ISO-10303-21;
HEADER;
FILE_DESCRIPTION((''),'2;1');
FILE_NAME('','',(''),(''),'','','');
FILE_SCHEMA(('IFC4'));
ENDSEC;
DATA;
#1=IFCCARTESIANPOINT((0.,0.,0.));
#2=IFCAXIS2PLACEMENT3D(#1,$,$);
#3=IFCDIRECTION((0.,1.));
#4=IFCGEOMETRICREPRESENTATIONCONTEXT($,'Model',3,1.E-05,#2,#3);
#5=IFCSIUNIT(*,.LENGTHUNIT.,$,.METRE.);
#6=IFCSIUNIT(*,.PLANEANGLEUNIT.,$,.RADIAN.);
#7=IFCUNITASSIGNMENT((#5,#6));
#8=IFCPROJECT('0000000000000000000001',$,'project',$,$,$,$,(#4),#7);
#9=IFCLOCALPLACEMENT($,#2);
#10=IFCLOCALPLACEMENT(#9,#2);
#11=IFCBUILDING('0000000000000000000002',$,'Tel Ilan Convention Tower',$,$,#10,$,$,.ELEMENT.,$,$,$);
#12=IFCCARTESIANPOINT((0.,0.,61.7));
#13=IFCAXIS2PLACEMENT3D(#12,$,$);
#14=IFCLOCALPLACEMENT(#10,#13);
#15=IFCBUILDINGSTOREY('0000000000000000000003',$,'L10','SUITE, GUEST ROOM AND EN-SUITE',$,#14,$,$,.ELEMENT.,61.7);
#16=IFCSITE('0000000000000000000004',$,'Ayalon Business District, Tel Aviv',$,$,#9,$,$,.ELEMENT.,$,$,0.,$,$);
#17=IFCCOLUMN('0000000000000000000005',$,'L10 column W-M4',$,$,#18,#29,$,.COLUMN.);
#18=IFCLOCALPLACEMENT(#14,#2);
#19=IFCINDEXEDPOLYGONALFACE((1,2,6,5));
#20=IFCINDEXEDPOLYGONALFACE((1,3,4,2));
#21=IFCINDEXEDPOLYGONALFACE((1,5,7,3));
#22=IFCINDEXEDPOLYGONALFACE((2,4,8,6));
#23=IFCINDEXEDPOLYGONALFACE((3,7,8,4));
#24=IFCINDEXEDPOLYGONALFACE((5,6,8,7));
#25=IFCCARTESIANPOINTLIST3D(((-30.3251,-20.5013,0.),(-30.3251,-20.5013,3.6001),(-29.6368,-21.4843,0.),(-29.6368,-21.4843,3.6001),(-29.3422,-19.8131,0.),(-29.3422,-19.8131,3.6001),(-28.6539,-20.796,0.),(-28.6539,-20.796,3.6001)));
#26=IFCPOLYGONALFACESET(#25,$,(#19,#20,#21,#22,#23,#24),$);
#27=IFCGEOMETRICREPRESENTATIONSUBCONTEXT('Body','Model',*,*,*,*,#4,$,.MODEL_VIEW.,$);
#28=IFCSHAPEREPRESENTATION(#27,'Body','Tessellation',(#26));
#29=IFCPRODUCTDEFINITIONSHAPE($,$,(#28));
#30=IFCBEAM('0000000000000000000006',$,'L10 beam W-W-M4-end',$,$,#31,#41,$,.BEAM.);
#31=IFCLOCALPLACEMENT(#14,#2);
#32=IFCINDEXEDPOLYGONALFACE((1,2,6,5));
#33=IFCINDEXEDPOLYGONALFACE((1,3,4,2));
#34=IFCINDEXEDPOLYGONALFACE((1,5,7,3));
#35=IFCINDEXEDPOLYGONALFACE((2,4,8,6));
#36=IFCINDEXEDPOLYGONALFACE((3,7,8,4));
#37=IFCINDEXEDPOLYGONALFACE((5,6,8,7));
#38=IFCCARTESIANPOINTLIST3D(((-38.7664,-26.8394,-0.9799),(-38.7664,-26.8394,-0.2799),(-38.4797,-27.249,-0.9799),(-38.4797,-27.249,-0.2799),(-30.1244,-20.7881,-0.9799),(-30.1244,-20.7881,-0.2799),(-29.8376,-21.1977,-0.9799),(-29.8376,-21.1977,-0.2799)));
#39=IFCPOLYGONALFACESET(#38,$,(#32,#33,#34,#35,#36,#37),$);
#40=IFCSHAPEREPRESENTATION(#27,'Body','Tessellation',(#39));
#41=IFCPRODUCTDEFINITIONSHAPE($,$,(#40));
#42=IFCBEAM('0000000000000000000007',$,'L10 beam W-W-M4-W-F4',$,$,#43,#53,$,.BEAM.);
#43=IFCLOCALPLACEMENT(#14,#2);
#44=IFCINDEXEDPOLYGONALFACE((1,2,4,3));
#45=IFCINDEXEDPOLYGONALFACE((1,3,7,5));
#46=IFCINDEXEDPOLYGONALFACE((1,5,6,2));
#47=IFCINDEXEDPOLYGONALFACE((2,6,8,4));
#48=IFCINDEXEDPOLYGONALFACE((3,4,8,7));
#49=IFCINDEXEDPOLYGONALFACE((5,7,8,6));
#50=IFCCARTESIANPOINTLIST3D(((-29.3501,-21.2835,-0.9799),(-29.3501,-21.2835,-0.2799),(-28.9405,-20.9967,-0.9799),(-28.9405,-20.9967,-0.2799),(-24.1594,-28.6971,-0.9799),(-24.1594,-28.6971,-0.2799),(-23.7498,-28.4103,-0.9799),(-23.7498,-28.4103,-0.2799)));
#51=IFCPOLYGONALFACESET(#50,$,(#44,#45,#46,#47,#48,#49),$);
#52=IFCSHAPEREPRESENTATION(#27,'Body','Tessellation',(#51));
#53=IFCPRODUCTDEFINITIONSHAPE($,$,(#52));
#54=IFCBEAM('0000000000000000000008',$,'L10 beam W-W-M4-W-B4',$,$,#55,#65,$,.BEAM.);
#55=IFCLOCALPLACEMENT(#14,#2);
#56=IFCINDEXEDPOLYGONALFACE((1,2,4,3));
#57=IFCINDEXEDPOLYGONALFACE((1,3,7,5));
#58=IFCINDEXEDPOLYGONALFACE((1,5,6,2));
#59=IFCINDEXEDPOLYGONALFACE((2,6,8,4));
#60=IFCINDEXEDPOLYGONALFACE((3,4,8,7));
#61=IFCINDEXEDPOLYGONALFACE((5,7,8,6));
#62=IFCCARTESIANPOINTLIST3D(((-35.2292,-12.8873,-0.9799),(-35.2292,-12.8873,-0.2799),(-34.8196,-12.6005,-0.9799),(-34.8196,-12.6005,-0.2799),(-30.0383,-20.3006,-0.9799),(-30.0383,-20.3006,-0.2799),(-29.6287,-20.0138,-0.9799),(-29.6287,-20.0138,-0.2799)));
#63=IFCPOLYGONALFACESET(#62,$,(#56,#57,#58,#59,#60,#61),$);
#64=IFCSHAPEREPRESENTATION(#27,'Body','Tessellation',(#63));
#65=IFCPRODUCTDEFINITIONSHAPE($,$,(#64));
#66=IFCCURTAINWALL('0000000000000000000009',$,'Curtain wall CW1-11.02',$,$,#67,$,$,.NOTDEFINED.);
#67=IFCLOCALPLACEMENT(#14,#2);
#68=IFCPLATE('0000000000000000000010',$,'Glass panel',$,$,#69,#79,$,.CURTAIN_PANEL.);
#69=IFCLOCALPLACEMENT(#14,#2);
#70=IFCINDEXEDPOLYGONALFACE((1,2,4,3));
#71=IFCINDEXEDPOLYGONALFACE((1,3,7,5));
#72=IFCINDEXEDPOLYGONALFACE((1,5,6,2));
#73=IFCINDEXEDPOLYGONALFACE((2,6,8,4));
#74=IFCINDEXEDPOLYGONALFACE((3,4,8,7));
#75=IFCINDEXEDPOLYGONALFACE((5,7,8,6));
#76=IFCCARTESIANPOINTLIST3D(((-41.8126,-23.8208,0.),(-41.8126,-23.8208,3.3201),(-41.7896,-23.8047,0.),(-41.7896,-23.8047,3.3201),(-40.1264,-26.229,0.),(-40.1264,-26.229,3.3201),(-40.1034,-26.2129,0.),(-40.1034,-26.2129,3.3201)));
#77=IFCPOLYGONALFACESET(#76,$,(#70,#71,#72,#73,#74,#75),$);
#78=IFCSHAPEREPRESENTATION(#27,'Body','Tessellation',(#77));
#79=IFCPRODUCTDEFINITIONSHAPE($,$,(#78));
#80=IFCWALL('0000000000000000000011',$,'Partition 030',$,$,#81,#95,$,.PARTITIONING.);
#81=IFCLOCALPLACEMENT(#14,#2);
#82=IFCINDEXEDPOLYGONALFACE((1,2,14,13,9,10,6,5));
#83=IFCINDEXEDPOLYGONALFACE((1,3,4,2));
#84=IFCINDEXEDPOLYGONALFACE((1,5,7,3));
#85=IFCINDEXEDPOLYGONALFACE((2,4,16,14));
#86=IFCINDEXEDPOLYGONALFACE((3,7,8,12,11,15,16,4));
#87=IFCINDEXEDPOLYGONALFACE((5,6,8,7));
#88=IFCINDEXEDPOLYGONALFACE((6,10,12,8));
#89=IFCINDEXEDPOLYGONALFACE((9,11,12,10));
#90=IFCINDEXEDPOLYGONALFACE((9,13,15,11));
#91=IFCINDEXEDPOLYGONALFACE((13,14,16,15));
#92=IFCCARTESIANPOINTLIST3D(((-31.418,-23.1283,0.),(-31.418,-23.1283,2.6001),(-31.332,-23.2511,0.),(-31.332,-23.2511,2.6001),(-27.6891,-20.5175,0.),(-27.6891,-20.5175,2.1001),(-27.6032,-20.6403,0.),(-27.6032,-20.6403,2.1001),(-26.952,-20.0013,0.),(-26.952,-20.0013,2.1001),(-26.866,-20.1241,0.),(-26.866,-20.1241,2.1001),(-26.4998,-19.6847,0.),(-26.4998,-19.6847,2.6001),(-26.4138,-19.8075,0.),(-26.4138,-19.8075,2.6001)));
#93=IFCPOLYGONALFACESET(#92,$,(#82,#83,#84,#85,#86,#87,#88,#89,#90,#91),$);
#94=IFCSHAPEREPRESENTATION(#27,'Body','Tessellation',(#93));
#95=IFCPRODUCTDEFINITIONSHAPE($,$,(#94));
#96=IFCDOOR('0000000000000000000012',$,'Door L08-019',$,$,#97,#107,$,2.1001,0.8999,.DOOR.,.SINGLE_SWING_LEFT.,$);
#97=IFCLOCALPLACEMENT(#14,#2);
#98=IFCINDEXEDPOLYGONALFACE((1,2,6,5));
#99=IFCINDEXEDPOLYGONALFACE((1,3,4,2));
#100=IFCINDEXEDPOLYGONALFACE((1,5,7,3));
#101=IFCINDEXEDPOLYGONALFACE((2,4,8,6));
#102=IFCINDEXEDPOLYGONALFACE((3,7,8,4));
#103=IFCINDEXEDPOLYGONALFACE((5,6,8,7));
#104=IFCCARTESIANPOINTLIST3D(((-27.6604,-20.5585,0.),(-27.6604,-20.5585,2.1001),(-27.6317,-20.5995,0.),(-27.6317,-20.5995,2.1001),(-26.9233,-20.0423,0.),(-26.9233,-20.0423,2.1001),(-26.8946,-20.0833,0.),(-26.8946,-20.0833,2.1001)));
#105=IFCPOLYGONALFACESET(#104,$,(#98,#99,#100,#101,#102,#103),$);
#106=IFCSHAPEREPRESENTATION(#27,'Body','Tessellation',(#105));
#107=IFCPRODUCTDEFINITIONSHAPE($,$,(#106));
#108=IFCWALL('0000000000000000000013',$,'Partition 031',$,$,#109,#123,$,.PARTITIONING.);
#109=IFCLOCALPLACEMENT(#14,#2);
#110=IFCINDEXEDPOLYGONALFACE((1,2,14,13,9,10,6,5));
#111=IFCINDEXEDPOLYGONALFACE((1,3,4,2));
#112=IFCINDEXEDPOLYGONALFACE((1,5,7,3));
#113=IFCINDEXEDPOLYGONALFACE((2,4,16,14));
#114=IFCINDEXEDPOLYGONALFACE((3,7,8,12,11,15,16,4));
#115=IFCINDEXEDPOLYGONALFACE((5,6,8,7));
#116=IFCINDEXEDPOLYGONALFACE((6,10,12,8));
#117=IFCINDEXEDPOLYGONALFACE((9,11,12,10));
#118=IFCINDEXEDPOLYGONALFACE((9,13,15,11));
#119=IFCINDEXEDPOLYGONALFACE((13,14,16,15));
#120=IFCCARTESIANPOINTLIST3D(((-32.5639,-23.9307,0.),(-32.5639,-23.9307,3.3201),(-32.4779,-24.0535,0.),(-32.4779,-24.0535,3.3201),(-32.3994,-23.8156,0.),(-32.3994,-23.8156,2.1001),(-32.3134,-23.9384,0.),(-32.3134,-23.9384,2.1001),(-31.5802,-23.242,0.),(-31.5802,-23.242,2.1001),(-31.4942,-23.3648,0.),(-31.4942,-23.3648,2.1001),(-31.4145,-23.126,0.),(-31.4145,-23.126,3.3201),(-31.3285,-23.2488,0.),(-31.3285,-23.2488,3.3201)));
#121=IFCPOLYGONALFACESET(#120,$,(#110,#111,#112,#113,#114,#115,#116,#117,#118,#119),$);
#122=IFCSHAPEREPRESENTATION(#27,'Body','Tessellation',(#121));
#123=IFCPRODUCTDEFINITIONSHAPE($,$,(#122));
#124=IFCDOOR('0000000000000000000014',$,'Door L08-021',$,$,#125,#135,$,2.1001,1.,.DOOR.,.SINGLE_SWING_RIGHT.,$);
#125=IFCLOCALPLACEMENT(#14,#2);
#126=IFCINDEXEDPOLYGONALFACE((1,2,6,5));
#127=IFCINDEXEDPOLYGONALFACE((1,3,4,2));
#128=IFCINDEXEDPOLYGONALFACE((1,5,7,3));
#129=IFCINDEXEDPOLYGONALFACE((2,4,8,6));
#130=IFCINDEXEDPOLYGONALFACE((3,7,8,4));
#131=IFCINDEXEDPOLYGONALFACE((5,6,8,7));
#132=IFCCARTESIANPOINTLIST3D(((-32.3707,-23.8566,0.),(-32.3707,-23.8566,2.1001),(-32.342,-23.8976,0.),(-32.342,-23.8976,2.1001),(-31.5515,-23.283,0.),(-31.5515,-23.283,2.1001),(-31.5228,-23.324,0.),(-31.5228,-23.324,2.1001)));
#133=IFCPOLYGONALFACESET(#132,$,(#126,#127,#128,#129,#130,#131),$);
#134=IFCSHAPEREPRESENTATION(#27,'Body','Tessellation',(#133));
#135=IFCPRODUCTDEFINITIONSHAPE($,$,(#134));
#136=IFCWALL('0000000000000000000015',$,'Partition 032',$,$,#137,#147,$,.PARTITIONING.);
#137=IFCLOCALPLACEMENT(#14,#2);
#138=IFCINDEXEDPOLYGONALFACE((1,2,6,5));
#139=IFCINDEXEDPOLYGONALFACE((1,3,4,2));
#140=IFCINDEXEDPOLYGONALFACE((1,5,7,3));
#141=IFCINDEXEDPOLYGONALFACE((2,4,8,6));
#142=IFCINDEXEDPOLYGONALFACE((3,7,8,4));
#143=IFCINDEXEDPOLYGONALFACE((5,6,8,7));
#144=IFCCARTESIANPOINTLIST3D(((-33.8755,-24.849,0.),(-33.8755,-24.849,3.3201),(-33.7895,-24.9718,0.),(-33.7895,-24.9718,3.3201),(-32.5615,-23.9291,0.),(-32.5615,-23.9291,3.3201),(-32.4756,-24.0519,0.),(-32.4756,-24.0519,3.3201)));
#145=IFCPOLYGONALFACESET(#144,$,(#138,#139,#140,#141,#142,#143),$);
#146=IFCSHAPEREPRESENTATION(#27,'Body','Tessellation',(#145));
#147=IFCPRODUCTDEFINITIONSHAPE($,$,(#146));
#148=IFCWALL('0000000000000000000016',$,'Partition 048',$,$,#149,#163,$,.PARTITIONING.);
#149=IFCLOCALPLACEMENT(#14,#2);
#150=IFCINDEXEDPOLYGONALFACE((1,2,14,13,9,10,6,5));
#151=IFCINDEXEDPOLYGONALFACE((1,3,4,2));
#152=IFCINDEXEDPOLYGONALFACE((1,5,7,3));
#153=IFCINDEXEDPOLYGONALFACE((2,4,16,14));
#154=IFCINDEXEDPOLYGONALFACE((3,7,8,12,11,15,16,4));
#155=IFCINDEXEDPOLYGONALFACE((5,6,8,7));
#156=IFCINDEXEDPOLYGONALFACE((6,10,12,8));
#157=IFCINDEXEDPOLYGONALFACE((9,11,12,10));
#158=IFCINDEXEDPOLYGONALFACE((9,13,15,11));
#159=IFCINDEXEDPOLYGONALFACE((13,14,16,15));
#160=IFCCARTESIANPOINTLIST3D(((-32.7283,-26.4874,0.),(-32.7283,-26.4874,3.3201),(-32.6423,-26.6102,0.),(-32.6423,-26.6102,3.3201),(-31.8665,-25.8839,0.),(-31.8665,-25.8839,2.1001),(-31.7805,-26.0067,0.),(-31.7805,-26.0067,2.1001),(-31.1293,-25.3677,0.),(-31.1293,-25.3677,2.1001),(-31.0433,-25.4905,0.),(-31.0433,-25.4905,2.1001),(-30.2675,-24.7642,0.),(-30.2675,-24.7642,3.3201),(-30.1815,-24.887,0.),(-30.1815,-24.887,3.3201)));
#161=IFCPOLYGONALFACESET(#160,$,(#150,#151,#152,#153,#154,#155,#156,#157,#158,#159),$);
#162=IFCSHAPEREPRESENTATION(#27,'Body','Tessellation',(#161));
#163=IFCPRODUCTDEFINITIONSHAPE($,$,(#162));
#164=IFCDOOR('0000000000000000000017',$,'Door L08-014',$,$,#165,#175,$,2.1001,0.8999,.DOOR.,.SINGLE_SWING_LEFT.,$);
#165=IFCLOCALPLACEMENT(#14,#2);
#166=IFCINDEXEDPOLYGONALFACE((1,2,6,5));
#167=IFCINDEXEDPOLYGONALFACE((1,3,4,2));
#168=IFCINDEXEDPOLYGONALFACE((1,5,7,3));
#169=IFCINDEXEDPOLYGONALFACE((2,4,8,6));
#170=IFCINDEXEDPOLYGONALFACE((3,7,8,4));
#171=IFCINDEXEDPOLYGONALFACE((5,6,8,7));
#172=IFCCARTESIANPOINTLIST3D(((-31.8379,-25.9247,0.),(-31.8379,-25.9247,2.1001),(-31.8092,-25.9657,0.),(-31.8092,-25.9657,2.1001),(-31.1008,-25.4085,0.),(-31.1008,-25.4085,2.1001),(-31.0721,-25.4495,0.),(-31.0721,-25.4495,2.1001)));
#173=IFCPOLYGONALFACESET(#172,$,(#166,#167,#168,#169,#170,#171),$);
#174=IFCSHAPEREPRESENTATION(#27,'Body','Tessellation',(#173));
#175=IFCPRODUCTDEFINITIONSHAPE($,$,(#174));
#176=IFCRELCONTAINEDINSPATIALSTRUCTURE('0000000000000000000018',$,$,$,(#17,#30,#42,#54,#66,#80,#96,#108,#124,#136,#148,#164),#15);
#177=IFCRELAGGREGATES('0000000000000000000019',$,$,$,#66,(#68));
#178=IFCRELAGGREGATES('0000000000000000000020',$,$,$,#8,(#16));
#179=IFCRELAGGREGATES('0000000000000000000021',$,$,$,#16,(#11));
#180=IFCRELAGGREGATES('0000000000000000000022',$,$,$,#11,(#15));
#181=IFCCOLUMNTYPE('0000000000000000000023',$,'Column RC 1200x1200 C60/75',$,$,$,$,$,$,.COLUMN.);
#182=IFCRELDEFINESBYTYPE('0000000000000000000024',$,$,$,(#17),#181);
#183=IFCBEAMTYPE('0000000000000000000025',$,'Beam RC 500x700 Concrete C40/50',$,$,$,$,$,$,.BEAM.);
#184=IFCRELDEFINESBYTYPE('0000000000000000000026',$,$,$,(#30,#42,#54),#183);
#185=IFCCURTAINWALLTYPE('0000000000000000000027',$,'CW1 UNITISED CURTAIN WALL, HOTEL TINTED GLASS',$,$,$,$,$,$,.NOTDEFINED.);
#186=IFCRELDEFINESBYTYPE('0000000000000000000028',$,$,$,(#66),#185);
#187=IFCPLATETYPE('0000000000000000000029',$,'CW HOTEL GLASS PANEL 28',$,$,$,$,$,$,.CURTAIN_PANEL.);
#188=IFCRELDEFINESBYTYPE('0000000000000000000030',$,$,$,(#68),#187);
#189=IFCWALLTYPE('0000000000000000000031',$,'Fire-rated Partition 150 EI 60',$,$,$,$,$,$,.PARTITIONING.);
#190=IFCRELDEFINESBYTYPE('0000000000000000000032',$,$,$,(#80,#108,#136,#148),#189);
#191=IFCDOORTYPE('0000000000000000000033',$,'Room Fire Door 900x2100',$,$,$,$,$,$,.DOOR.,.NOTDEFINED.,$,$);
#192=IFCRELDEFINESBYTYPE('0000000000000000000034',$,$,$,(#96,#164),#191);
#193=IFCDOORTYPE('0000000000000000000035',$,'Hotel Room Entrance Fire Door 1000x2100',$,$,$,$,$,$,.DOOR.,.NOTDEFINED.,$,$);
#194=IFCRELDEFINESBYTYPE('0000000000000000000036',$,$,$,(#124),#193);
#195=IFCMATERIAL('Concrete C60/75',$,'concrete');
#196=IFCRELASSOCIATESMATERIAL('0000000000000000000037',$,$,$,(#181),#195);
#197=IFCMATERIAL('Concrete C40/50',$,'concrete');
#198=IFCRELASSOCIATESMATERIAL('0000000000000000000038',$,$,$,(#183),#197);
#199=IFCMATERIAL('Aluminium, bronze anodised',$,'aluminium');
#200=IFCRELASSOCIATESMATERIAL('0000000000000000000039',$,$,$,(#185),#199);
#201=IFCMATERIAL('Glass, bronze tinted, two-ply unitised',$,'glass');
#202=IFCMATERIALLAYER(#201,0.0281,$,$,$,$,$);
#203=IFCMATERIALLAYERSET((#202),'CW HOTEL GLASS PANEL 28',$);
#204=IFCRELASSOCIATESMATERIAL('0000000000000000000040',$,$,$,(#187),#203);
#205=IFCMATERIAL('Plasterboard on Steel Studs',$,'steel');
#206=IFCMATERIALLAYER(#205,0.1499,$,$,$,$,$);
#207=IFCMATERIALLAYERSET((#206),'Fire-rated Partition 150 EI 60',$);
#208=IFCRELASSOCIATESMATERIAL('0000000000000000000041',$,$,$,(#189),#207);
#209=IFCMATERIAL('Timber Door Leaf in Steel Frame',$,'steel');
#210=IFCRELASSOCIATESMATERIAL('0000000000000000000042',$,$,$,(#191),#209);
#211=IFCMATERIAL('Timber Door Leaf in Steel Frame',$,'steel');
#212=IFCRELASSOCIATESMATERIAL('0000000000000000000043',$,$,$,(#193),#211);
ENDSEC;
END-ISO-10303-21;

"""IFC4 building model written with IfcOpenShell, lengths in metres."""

from ifc_helpers import new_model, si_unit, direction, frame, frame_2d, origin, origin_2d, place, context, subcontext, project, spatial, rectangle, extrude, material, layer, layer_set, material_profile, profile_set, type_object, element, fill, aggregate, save


model = new_model("IFC4")

# Units and contexts
model_context = context("Model", 3, precision=1e-05, world=origin(), true_north=direction((0.0, 1.0)))
body_context = subcontext(model_context, "Body", "Model", "MODEL_VIEW")
ifc_project = project(units=[si_unit("LENGTHUNIT", "METRE"), si_unit("PLANEANGLEUNIT", "RADIAN")], contexts=[model_context])

# Site, building, storey
site_placement = place(None, origin())
site = spatial("IfcSite", under=ifc_project, at=site_placement, Name="Ayalon Business District, Tel Aviv", CompositionType="ELEMENT", RefElevation=0.0)
building_placement = place(site_placement, origin())
building = spatial("IfcBuilding", under=site, at=building_placement, Name="Tel Ilan Convention Tower", CompositionType="ELEMENT")
storey_placement = place(building_placement, frame((0.0, 0.0, 61.7)))
storey = spatial("IfcBuildingStorey", under=building, at=storey_placement, Name="L10", Description="SUITE, GUEST ROOM AND EN-SUITE", CompositionType="ELEMENT", Elevation=61.7)

# Column
ifc_material_1 = material(Name="Concrete C60/75", Category="concrete")
ifc_material_profile_1 = material_profile(ifc_material_1, rectangle(XDim=1.2, YDim=1.2, at=origin_2d()), Name="RC 1200x1200")
ifc_profile_set_1 = profile_set([ifc_material_profile_1], Name="Concrete C60/75")
column_type = type_object("IfcColumnType", Name="Column RC 1200x1200 C60/75", PredefinedType="COLUMN", material=ifc_profile_set_1)
column_placement = place(storey_placement, frame((-29.4895, -20.6487, 0.0), z_axis=(0.0, 0.0, 1.0), x_axis=(-0.819152, -0.573576, 0.0)))
element("IfcColumn", 1, at=column_placement, inside=storey, type_object=column_type, Name="L10 column W-M4", PredefinedType="COLUMN", context=body_context, shape_type="SweptSolid", body=[
    extrude(rectangle(XDim=1.2, YDim=1.2, at=origin_2d()), origin(), (0.0, 0.0, 1.0), 3.6001),
])

# Beams
ifc_material_2 = material(Name="Concrete C40/50", Category="concrete")
ifc_material_profile_2 = material_profile(ifc_material_2, rectangle(XDim=0.5, YDim=0.7, at=origin_2d()), Name="RC 500x700")
ifc_profile_set_2 = profile_set([ifc_material_profile_2], Name="Concrete C40/50")
beam_type = type_object("IfcBeamType", Name="Beam RC 500x700 Concrete C40/50", PredefinedType="BEAM", material=ifc_profile_set_2)
beam_placement = place(storey_placement, frame((-29.981, -20.9929, -0.6299), z_axis=(-0.819151, -0.573577, 0.0), x_axis=(0.573577, -0.819151, 0.0)))
element("IfcBeam", 2, at=beam_placement, inside=storey, type_object=beam_type, Name="L10 beam W-W-M4-end", PredefinedType="BEAM", context=body_context, shape_type="SweptSolid", body=[
    extrude(rectangle(XDim=0.5, YDim=0.7, at=origin_2d()), origin(), (0.0, 0.0, 1.0), 10.55),
])
for number, where, z_axis, x_axis, name in (
    (3, (-29.1453, -21.1401, -0.6299), (0.573549, -0.819171, 0.0), (0.819171, 0.573549, 0.0), "L10 beam W-W-M4-W-F4"),
    (4, (-29.8335, -20.1572, -0.6299), (-0.57358, 0.81915, 0.0), (-0.81915, -0.57358, 0.0), "L10 beam W-W-M4-W-B4"),
):
    element("IfcBeam", number, at=place(storey_placement, frame(where, z_axis=z_axis, x_axis=x_axis)), inside=storey, type_object=beam_type, Name=name, PredefinedType="BEAM", context=body_context, shape_type="SweptSolid", body=[
        extrude(rectangle(XDim=0.5, YDim=0.7, at=origin_2d()), origin(), (0.0, 0.0, 1.0), 9.05),
    ])

# Curtain wall, plate
ifc_material_3 = material(Name="Aluminium, bronze anodised", Category="aluminium")
curtain_wall_type = type_object("IfcCurtainWallType", Name="CW1 UNITISED CURTAIN WALL, HOTEL TINTED GLASS", PredefinedType="NOTDEFINED", material=ifc_material_3)
curtain_wall_placement = place(storey_placement, origin())
curtain_wall = element("IfcCurtainWall", 5, at=curtain_wall_placement, inside=storey, type_object=curtain_wall_type, Name="Curtain wall CW1-11.02", PredefinedType="NOTDEFINED")
ifc_material_4 = material(Name="Glass, bronze tinted, two-ply unitised", Category="glass")
ifc_layer_1 = layer(ifc_material_4, 0.0281)
ifc_layer_set_1 = layer_set([ifc_layer_1], Name="CW HOTEL GLASS PANEL 28")
plate_type = type_object("IfcPlateType", Name="CW HOTEL GLASS PANEL 28", PredefinedType="CURTAIN_PANEL", material=ifc_layer_set_1)
plate_placement = place(storey_placement, frame((-40.958, -25.0168, 0.0), z_axis=(0.0, 0.0, 1.0), x_axis=(0.573576, -0.819152, 0.0)))
plate = element("IfcPlate", 6, at=plate_placement, type_object=plate_type, Name="Glass panel", PredefinedType="CURTAIN_PANEL", context=body_context, shape_type="SweptSolid", body=[
    extrude(rectangle(XDim=2.9399, YDim=0.0281, at=origin_2d()), origin(), (0.0, 0.0, 1.0), 3.3201),
])
aggregate(curtain_wall, [plate])

# Walls, openings, doors
ifc_material_5 = material(Name="Plasterboard on Steel Studs", Category="steel")
ifc_layer_2 = layer(ifc_material_5, 0.1499)
ifc_layer_set_2 = layer_set([ifc_layer_2], Name="Fire-rated Partition 150 EI 60")
wall_type_1 = type_object("IfcWallType", Name="Fire-rated Partition 150 EI 60", PredefinedType="PARTITIONING", material=ifc_layer_set_2)
wall_1_placement = place(storey_placement, frame((-31.375, -23.1897, 0.0), z_axis=(0.0, 0.0, 1.0), x_axis=(0.819165, 0.573558, 0.0)))
wall_1 = element("IfcWall", 7, at=wall_1_placement, inside=storey, type_object=wall_type_1, Name="Partition 030", PredefinedType="PARTITIONING", context=body_context, shape_type="SweptSolid", body=[
    extrude(rectangle(XDim=6.0039, YDim=0.1499, at=frame_2d((3.002, 0.0))), origin(), (0.0, 0.0, 1.0), 2.6001),
])
opening_1_placement = place(wall_1_placement, frame((4.552, 0.0, 0.0)))
opening_1 = element("IfcOpeningElement", 8, at=opening_1_placement, cuts=wall_1, PredefinedType="OPENING", context=body_context, shape_type="SweptSolid", body=[
    extrude(rectangle(XDim=0.8999, YDim=2.1001, at=frame_2d((0.45, 1.05))), frame((0.0, 0.085, 0.0), z_axis=(0.0, -1.0, 0.0), x_axis=(1.0, 0.0, 0.0)), (0.0, 0.0, 1.0), 0.1699),
])
ifc_material_6 = material(Name="Timber Door Leaf in Steel Frame", Category="steel")
door_type_1 = type_object("IfcDoorType", Name="Room Fire Door 900x2100", OperationType="NOTDEFINED", PredefinedType="DOOR", material=ifc_material_6)
door_1_placement = place(opening_1_placement, origin())
door_1 = element("IfcDoor", 9, at=door_1_placement, inside=storey, type_object=door_type_1, Name="Door L08-019", OperationType="SINGLE_SWING_LEFT", OverallHeight=2.1001, OverallWidth=0.8999, PredefinedType="DOOR", context=body_context, shape_type="SweptSolid", body=[
    extrude(rectangle(XDim=0.8999, YDim=2.1001, at=frame_2d((0.45, 1.05))), frame((0.0, 0.0249, 0.0), z_axis=(0.0, -1.0, 0.0), x_axis=(1.0, 0.0, 0.0)), (0.0, 0.0, 1.0), 0.05),
])
fill(opening_1, door_1)
wall_2_placement = place(storey_placement, frame((-32.521, -23.9922, 0.0), z_axis=(0.0, 0.0, 1.0), x_axis=(0.819199, 0.573509, 0.0)))
wall_2 = element("IfcWall", 10, at=wall_2_placement, inside=storey, type_object=wall_type_1, Name="Partition 031", PredefinedType="PARTITIONING", context=body_context, shape_type="SweptSolid", body=[
    extrude(rectangle(XDim=1.4031, YDim=0.1499, at=frame_2d((0.7017, 0.0))), origin(), (0.0, 0.0, 1.0), 3.3201),
])
opening_2_placement = place(wall_2_placement, frame((0.2009, 0.0, 0.0)))
opening_2 = element("IfcOpeningElement", 11, at=opening_2_placement, cuts=wall_2, PredefinedType="OPENING", context=body_context, shape_type="SweptSolid", body=[
    extrude(rectangle(XDim=1.0, YDim=2.1001, at=frame_2d((0.5, 1.05))), frame((0.0, 0.085, 0.0), z_axis=(0.0, -1.0, 0.0), x_axis=(1.0, 0.0, 0.0)), (0.0, 0.0, 1.0), 0.1699),
])
ifc_material_7 = material(Name="Timber Door Leaf in Steel Frame", Category="steel")
door_type_2 = type_object("IfcDoorType", Name="Hotel Room Entrance Fire Door 1000x2100", OperationType="NOTDEFINED", PredefinedType="DOOR", material=ifc_material_7)
door_2_placement = place(opening_2_placement, origin())
door_2 = element("IfcDoor", 12, at=door_2_placement, inside=storey, type_object=door_type_2, Name="Door L08-021", OperationType="SINGLE_SWING_RIGHT", OverallHeight=2.1001, OverallWidth=1.0, PredefinedType="DOOR", context=body_context, shape_type="SweptSolid", body=[
    extrude(rectangle(XDim=1.0, YDim=2.1001, at=frame_2d((0.5, 1.05))), frame((0.0, 0.0249, 0.0), z_axis=(0.0, -1.0, 0.0), x_axis=(1.0, 0.0, 0.0)), (0.0, 0.0, 1.0), 0.05),
])
fill(opening_2, door_2)

# Wall
wall_3_placement = place(storey_placement, frame((-33.8325, -24.9104, 0.0), z_axis=(0.0, 0.0, 1.0), x_axis=(0.819189, 0.573524, 0.0)))
element("IfcWall", 13, at=wall_3_placement, inside=storey, type_object=wall_type_1, Name="Partition 032", PredefinedType="PARTITIONING", context=body_context, shape_type="SweptSolid", body=[
    extrude(rectangle(XDim=1.604, YDim=0.1499, at=frame_2d((0.802, 0.0))), origin(), (0.0, 0.0, 1.0), 3.3201),
])

# Wall, opening, door
wall_4_placement = place(storey_placement, frame((-30.2246, -24.8257, 0.0), z_axis=(0.0, 0.0, 1.0), x_axis=(-0.819129, -0.57361, 0.0)))
wall_4 = element("IfcWall", 14, at=wall_4_placement, inside=storey, type_object=wall_type_1, Name="Partition 048", PredefinedType="PARTITIONING", context=body_context, shape_type="SweptSolid", body=[
    extrude(rectangle(XDim=3.0042, YDim=0.1499, at=frame_2d((1.502, 0.0))), origin(), (0.0, 0.0, 1.0), 3.3201),
])
opening_3_placement = place(wall_4_placement, frame((1.052, 0.0, 0.0)))
opening_3 = element("IfcOpeningElement", 15, at=opening_3_placement, cuts=wall_4, PredefinedType="OPENING", context=body_context, shape_type="SweptSolid", body=[
    extrude(rectangle(XDim=0.8999, YDim=2.1001, at=frame_2d((0.45, 1.05))), frame((0.0, 0.085, 0.0), z_axis=(0.0, -1.0, 0.0), x_axis=(1.0, 0.0, 0.0)), (0.0, 0.0, 1.0), 0.1699),
])
door_3_placement = place(opening_3_placement, origin())
door_3 = element("IfcDoor", 16, at=door_3_placement, inside=storey, type_object=door_type_1, Name="Door L08-014", OperationType="SINGLE_SWING_LEFT", OverallHeight=2.1001, OverallWidth=0.8999, PredefinedType="DOOR", context=body_context, shape_type="SweptSolid", body=[
    extrude(rectangle(XDim=0.8999, YDim=2.1001, at=frame_2d((0.45, 1.05))), frame((0.0, 0.0249, 0.0), z_axis=(0.0, -1.0, 0.0), x_axis=(1.0, 0.0, 0.0)), (0.0, 0.0, 1.0), 0.05),
])
fill(opening_3, door_3)

save(model, "model.ifc")
